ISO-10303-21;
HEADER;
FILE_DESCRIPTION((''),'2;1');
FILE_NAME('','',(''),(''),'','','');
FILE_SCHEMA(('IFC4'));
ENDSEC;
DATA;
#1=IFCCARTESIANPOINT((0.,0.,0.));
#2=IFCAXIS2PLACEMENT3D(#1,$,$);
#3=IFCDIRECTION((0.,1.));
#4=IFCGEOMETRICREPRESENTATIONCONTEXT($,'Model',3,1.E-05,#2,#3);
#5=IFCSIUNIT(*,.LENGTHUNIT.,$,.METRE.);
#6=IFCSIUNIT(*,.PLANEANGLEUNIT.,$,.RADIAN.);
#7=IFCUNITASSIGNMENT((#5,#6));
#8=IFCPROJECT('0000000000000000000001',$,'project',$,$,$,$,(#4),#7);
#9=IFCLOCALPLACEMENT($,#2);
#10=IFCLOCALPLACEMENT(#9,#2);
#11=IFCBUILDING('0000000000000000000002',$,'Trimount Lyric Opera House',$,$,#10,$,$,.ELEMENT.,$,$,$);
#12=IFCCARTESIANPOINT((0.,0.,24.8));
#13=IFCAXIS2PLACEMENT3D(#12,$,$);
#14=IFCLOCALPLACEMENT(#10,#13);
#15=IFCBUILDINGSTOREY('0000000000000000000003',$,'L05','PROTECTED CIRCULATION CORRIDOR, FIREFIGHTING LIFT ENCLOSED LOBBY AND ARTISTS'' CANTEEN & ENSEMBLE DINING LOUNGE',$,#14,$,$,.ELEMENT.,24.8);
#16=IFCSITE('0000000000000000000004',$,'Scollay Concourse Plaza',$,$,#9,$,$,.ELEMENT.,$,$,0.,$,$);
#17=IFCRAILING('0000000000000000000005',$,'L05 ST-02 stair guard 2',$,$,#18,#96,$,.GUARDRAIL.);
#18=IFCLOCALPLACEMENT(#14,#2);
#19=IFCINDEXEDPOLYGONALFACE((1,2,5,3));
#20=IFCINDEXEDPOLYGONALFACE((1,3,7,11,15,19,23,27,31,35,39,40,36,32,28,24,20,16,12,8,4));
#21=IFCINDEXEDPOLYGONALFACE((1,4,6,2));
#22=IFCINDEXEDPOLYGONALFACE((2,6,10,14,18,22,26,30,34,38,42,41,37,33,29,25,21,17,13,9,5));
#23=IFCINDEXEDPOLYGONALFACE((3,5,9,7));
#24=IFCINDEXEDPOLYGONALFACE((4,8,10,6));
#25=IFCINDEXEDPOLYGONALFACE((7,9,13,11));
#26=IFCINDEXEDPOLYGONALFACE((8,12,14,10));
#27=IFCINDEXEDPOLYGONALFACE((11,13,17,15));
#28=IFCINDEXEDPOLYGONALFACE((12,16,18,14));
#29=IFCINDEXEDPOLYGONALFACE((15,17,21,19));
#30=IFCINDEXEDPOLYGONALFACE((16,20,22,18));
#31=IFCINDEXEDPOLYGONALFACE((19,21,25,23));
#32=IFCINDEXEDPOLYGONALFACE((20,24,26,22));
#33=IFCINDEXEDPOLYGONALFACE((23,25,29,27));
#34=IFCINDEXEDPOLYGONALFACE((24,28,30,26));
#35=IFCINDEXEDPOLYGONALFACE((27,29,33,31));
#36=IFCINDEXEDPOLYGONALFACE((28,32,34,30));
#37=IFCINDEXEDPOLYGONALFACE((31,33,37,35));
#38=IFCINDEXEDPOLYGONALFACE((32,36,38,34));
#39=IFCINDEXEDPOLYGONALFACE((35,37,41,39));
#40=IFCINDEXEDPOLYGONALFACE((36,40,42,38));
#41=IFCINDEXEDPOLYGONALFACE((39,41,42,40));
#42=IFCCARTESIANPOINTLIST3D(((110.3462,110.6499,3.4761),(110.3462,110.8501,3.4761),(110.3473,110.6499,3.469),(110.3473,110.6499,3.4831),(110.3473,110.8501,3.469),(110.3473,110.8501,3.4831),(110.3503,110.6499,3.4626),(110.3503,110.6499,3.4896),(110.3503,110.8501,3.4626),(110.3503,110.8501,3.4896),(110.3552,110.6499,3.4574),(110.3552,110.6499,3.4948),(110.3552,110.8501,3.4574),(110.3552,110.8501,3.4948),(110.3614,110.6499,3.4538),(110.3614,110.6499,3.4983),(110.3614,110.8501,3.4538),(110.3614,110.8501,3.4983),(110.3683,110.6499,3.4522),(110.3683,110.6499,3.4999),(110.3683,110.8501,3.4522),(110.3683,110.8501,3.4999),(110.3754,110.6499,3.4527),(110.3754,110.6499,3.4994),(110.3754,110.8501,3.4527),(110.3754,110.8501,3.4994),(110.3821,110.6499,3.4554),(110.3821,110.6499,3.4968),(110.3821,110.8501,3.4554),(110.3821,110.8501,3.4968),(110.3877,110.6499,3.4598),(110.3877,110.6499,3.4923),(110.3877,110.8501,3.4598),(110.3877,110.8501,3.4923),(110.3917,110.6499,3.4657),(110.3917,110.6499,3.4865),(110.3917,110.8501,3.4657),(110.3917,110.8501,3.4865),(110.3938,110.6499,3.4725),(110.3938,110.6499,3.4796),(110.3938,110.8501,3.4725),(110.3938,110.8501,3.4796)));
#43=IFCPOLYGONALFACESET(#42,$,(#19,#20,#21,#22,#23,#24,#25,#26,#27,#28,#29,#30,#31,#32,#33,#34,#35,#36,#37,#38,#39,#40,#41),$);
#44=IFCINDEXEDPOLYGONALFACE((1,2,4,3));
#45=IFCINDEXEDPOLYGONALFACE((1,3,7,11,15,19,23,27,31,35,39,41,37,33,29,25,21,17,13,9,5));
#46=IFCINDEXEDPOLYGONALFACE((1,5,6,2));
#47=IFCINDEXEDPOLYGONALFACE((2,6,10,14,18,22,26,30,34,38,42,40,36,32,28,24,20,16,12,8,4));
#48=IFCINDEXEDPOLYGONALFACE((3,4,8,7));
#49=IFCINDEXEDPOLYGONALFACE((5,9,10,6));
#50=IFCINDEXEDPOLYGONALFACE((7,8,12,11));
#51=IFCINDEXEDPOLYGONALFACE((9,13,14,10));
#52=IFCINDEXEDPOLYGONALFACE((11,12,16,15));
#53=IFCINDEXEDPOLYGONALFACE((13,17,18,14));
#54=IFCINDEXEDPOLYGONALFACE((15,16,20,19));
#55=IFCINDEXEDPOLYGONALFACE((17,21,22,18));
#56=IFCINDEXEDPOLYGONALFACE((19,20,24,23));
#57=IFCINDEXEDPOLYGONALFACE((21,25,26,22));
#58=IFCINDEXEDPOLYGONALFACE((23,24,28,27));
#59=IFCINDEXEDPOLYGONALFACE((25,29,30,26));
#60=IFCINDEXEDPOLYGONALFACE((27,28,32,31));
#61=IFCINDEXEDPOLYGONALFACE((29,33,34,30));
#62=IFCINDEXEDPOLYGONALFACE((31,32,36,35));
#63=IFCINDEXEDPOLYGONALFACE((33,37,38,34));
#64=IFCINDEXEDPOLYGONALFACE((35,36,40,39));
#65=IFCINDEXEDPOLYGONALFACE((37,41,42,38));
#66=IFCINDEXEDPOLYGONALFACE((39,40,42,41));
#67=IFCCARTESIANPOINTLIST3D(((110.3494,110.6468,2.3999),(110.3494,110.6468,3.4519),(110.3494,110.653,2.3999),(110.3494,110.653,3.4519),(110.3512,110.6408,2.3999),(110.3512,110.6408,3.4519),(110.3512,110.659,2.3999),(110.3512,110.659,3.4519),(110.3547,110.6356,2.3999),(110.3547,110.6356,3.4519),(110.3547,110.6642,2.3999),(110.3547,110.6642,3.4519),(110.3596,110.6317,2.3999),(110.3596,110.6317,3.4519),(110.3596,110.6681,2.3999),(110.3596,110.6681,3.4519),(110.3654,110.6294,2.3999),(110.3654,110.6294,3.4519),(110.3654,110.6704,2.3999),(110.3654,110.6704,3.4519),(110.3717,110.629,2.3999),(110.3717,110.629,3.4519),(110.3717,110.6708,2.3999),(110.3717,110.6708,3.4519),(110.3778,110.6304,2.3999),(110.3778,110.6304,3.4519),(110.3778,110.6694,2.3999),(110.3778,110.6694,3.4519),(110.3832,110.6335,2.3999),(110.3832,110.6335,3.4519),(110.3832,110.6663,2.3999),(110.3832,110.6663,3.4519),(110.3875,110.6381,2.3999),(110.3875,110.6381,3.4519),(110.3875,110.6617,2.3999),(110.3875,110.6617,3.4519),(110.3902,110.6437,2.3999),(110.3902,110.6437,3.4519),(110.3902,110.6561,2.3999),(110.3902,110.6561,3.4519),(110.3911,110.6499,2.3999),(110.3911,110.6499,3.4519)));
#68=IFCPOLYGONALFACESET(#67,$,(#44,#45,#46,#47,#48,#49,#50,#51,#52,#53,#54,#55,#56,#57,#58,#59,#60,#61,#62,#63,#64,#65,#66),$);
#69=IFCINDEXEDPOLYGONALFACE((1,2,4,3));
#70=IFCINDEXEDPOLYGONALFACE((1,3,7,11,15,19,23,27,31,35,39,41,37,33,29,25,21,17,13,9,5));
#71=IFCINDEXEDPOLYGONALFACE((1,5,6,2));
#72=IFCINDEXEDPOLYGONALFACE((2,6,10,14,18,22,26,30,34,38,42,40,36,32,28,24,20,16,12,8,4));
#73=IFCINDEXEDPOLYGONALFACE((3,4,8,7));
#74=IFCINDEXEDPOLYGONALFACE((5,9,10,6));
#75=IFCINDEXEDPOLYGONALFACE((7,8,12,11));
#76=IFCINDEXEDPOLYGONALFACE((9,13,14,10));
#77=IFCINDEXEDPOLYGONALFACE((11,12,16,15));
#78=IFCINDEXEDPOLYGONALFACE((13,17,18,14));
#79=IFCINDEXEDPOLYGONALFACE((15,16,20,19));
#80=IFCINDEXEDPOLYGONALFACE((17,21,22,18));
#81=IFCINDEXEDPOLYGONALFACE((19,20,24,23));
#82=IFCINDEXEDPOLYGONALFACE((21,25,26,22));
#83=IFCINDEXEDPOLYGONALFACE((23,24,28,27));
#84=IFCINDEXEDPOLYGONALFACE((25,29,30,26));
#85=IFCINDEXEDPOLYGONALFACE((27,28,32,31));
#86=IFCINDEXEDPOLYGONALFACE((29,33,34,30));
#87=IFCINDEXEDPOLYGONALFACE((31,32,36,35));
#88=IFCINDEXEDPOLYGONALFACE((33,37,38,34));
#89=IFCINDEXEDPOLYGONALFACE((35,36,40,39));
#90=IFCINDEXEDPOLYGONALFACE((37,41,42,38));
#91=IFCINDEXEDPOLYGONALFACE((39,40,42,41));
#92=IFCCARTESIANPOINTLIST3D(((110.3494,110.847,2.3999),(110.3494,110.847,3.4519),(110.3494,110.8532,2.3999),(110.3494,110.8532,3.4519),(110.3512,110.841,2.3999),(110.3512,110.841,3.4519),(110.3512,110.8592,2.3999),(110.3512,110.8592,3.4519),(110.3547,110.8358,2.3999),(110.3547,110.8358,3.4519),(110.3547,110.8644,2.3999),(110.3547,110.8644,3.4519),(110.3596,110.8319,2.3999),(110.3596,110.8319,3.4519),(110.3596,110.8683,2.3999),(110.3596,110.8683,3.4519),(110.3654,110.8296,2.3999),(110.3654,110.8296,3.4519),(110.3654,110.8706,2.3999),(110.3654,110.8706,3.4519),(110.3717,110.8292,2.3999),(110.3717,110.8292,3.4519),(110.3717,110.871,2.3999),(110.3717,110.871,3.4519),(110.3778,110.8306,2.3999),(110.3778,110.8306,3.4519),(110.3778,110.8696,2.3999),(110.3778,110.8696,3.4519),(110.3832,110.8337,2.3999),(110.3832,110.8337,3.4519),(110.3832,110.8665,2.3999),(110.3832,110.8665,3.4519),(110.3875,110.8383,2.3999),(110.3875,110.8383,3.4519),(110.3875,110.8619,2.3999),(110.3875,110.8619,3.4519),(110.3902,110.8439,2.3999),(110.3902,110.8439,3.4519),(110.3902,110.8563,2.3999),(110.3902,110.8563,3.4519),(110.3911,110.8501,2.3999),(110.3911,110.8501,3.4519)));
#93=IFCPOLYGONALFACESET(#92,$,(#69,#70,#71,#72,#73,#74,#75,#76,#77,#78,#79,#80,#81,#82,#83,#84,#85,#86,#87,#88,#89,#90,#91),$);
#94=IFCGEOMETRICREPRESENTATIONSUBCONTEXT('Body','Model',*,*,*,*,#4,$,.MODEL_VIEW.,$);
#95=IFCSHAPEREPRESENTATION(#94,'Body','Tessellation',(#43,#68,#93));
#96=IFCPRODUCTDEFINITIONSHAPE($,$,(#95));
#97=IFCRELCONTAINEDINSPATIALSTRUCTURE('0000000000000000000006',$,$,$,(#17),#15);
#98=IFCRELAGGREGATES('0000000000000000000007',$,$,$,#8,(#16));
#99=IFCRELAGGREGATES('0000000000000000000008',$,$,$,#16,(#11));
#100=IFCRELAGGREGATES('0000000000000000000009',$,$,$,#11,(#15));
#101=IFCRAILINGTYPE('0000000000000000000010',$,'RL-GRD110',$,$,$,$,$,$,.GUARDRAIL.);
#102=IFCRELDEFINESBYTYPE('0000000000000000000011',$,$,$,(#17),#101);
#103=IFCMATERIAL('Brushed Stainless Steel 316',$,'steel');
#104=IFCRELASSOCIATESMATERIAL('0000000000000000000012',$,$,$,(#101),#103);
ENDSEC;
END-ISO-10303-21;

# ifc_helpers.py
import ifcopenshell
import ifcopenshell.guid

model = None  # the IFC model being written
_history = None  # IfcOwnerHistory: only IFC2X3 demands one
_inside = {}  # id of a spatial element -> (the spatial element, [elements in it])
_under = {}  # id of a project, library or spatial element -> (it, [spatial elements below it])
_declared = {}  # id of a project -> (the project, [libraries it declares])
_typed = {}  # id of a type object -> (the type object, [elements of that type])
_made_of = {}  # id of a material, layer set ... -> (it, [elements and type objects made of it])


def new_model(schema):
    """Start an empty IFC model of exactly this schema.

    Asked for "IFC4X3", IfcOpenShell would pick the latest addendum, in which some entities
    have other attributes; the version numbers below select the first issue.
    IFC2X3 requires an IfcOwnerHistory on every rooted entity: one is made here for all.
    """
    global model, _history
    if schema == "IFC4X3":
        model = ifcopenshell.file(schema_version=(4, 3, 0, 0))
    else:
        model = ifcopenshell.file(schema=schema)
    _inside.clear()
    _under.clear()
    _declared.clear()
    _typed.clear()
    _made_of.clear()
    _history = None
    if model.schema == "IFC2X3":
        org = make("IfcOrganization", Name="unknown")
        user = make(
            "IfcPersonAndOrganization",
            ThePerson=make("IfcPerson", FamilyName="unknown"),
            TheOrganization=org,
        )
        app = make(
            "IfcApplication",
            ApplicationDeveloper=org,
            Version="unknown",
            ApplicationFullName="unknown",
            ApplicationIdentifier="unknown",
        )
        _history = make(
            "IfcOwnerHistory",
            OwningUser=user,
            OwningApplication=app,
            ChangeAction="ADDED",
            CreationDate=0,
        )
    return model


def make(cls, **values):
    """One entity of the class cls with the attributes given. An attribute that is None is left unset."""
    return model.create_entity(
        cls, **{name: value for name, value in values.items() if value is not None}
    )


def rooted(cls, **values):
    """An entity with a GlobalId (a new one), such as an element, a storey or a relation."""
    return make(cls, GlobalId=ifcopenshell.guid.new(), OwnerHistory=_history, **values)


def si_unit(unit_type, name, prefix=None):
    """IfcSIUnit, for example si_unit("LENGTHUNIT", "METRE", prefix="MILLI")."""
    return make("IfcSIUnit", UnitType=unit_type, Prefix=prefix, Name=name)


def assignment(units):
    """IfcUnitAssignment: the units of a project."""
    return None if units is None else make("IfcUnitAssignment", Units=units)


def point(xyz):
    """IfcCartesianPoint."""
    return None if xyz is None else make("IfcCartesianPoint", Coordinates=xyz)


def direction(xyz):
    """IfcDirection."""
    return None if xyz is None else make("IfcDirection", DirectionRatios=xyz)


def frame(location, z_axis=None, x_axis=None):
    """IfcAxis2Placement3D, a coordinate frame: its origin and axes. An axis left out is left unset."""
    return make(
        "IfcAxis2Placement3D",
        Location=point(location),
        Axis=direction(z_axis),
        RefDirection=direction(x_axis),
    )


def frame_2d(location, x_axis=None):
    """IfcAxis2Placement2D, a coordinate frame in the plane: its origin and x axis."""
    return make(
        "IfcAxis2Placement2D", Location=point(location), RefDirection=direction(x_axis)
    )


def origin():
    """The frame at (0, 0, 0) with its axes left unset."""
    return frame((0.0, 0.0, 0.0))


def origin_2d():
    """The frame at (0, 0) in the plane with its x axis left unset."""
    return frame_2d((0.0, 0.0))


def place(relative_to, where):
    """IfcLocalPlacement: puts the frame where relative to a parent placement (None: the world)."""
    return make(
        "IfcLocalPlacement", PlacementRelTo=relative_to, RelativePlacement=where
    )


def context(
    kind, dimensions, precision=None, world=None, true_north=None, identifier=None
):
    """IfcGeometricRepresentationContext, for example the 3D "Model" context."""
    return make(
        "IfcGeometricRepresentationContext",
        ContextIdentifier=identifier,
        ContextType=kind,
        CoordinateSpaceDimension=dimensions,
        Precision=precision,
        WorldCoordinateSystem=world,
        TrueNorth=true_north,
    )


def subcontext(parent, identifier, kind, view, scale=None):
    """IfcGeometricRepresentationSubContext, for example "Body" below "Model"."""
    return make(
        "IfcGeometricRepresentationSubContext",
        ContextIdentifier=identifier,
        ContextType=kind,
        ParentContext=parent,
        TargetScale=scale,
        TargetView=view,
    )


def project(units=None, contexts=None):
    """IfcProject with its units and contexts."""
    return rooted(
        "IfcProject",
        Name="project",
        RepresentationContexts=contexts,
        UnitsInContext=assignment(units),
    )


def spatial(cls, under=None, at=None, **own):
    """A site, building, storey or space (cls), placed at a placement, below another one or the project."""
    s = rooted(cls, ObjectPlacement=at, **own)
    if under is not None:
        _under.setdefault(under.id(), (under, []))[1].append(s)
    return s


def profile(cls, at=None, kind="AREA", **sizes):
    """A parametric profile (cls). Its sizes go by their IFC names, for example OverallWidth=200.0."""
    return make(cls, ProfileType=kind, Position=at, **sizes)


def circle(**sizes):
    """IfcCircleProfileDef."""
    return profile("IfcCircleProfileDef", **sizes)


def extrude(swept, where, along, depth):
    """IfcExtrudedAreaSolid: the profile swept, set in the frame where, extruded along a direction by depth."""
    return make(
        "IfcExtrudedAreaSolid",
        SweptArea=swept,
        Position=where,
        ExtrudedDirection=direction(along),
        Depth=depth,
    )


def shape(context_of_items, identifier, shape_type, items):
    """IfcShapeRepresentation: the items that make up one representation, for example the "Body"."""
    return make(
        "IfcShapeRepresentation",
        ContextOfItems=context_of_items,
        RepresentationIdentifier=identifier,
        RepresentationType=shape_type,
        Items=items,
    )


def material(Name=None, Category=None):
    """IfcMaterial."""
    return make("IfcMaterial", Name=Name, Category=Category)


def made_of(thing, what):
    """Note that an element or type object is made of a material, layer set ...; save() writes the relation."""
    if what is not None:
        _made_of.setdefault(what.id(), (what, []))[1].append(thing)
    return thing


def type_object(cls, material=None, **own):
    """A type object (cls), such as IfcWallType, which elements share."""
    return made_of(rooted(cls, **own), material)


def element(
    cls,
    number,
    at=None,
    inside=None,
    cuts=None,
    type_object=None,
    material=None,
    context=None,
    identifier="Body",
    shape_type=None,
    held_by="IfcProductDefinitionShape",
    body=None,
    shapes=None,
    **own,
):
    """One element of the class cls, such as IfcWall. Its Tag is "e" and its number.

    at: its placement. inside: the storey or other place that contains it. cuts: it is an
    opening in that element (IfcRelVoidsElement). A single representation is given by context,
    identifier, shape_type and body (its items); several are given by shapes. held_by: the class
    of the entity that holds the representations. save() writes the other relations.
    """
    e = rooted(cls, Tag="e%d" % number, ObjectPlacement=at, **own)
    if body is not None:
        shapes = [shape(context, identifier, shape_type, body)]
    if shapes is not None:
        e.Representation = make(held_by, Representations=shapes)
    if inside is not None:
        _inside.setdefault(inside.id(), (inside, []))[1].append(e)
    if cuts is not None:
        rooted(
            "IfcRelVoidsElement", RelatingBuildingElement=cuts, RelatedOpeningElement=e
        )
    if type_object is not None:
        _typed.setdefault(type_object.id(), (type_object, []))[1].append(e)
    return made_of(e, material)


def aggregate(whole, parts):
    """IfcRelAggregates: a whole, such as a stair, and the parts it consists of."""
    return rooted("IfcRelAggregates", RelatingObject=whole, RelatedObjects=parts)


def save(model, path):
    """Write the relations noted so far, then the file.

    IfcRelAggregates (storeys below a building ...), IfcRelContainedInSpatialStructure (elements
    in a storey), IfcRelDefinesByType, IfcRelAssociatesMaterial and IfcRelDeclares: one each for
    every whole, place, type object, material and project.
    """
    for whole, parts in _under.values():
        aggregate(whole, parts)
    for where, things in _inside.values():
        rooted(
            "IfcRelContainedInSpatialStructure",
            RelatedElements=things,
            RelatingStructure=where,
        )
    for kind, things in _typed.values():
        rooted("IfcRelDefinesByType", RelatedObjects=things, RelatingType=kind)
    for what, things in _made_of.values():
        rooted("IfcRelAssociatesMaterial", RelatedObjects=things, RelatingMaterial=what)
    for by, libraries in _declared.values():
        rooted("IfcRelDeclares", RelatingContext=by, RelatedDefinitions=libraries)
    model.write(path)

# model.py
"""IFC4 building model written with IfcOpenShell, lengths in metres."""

from ifc_helpers import new_model, si_unit, direction, frame, origin, origin_2d, place, context, subcontext, project, spatial, circle, extrude, material, type_object, element, save


model = new_model("IFC4")

# Units and contexts
model_context = context("Model", 3, precision=1e-05, world=origin(), true_north=direction((0.0, 1.0)))
body_context = subcontext(model_context, "Body", "Model", "MODEL_VIEW")
ifc_project = project(units=[si_unit("LENGTHUNIT", "METRE"), si_unit("PLANEANGLEUNIT", "RADIAN")], contexts=[model_context])

# Site, building, storey
site_placement = place(None, origin())
site = spatial("IfcSite", under=ifc_project, at=site_placement, Name="Scollay Concourse Plaza", CompositionType="ELEMENT", RefElevation=0.0)
building_placement = place(site_placement, origin())
building = spatial("IfcBuilding", under=site, at=building_placement, Name="Trimount Lyric Opera House", CompositionType="ELEMENT")
storey_placement = place(building_placement, frame((0.0, 0.0, 24.8)))
storey = spatial("IfcBuildingStorey", under=building, at=storey_placement, Name="L05", Description="PROTECTED CIRCULATION CORRIDOR, FIREFIGHTING LIFT ENCLOSED LOBBY AND ARTISTS' CANTEEN & ENSEMBLE DINING LOUNGE", CompositionType="ELEMENT", Elevation=24.8)

# Railing
ifc_material_1 = material(Name="Brushed Stainless Steel 316", Category="steel")
railing_type_1 = type_object("IfcRailingType", Name="RL-GRD110", PredefinedType="GUARDRAIL", material=ifc_material_1)
railing_1_placement = place(storey_placement, frame((110.3701, 110.6499, 2.3999)))
element("IfcRailing", 1, at=railing_1_placement, inside=storey, type_object=railing_type_1, Name="L05 ST-02 stair guard 2", PredefinedType="GUARDRAIL", context=body_context, shape_type="SweptSolid", body=[
    extrude(circle(Radius=0.0239, at=origin_2d()), frame((0.0, 0.0, 1.0762), z_axis=(0.0, 1.0, 0.0), x_axis=(-1.0, 0.0, 0.0)), (0.0, 0.0, 1.0), 0.2002),
    extrude(circle(Radius=0.021, at=origin_2d()), origin(), (0.0, 0.0, 1.0), 1.052),
    extrude(circle(Radius=0.021, at=origin_2d()), frame((0.0, 0.2002, 0.0)), (0.0, 0.0, 1.0), 1.052),
])

save(model, "model.ifc")
